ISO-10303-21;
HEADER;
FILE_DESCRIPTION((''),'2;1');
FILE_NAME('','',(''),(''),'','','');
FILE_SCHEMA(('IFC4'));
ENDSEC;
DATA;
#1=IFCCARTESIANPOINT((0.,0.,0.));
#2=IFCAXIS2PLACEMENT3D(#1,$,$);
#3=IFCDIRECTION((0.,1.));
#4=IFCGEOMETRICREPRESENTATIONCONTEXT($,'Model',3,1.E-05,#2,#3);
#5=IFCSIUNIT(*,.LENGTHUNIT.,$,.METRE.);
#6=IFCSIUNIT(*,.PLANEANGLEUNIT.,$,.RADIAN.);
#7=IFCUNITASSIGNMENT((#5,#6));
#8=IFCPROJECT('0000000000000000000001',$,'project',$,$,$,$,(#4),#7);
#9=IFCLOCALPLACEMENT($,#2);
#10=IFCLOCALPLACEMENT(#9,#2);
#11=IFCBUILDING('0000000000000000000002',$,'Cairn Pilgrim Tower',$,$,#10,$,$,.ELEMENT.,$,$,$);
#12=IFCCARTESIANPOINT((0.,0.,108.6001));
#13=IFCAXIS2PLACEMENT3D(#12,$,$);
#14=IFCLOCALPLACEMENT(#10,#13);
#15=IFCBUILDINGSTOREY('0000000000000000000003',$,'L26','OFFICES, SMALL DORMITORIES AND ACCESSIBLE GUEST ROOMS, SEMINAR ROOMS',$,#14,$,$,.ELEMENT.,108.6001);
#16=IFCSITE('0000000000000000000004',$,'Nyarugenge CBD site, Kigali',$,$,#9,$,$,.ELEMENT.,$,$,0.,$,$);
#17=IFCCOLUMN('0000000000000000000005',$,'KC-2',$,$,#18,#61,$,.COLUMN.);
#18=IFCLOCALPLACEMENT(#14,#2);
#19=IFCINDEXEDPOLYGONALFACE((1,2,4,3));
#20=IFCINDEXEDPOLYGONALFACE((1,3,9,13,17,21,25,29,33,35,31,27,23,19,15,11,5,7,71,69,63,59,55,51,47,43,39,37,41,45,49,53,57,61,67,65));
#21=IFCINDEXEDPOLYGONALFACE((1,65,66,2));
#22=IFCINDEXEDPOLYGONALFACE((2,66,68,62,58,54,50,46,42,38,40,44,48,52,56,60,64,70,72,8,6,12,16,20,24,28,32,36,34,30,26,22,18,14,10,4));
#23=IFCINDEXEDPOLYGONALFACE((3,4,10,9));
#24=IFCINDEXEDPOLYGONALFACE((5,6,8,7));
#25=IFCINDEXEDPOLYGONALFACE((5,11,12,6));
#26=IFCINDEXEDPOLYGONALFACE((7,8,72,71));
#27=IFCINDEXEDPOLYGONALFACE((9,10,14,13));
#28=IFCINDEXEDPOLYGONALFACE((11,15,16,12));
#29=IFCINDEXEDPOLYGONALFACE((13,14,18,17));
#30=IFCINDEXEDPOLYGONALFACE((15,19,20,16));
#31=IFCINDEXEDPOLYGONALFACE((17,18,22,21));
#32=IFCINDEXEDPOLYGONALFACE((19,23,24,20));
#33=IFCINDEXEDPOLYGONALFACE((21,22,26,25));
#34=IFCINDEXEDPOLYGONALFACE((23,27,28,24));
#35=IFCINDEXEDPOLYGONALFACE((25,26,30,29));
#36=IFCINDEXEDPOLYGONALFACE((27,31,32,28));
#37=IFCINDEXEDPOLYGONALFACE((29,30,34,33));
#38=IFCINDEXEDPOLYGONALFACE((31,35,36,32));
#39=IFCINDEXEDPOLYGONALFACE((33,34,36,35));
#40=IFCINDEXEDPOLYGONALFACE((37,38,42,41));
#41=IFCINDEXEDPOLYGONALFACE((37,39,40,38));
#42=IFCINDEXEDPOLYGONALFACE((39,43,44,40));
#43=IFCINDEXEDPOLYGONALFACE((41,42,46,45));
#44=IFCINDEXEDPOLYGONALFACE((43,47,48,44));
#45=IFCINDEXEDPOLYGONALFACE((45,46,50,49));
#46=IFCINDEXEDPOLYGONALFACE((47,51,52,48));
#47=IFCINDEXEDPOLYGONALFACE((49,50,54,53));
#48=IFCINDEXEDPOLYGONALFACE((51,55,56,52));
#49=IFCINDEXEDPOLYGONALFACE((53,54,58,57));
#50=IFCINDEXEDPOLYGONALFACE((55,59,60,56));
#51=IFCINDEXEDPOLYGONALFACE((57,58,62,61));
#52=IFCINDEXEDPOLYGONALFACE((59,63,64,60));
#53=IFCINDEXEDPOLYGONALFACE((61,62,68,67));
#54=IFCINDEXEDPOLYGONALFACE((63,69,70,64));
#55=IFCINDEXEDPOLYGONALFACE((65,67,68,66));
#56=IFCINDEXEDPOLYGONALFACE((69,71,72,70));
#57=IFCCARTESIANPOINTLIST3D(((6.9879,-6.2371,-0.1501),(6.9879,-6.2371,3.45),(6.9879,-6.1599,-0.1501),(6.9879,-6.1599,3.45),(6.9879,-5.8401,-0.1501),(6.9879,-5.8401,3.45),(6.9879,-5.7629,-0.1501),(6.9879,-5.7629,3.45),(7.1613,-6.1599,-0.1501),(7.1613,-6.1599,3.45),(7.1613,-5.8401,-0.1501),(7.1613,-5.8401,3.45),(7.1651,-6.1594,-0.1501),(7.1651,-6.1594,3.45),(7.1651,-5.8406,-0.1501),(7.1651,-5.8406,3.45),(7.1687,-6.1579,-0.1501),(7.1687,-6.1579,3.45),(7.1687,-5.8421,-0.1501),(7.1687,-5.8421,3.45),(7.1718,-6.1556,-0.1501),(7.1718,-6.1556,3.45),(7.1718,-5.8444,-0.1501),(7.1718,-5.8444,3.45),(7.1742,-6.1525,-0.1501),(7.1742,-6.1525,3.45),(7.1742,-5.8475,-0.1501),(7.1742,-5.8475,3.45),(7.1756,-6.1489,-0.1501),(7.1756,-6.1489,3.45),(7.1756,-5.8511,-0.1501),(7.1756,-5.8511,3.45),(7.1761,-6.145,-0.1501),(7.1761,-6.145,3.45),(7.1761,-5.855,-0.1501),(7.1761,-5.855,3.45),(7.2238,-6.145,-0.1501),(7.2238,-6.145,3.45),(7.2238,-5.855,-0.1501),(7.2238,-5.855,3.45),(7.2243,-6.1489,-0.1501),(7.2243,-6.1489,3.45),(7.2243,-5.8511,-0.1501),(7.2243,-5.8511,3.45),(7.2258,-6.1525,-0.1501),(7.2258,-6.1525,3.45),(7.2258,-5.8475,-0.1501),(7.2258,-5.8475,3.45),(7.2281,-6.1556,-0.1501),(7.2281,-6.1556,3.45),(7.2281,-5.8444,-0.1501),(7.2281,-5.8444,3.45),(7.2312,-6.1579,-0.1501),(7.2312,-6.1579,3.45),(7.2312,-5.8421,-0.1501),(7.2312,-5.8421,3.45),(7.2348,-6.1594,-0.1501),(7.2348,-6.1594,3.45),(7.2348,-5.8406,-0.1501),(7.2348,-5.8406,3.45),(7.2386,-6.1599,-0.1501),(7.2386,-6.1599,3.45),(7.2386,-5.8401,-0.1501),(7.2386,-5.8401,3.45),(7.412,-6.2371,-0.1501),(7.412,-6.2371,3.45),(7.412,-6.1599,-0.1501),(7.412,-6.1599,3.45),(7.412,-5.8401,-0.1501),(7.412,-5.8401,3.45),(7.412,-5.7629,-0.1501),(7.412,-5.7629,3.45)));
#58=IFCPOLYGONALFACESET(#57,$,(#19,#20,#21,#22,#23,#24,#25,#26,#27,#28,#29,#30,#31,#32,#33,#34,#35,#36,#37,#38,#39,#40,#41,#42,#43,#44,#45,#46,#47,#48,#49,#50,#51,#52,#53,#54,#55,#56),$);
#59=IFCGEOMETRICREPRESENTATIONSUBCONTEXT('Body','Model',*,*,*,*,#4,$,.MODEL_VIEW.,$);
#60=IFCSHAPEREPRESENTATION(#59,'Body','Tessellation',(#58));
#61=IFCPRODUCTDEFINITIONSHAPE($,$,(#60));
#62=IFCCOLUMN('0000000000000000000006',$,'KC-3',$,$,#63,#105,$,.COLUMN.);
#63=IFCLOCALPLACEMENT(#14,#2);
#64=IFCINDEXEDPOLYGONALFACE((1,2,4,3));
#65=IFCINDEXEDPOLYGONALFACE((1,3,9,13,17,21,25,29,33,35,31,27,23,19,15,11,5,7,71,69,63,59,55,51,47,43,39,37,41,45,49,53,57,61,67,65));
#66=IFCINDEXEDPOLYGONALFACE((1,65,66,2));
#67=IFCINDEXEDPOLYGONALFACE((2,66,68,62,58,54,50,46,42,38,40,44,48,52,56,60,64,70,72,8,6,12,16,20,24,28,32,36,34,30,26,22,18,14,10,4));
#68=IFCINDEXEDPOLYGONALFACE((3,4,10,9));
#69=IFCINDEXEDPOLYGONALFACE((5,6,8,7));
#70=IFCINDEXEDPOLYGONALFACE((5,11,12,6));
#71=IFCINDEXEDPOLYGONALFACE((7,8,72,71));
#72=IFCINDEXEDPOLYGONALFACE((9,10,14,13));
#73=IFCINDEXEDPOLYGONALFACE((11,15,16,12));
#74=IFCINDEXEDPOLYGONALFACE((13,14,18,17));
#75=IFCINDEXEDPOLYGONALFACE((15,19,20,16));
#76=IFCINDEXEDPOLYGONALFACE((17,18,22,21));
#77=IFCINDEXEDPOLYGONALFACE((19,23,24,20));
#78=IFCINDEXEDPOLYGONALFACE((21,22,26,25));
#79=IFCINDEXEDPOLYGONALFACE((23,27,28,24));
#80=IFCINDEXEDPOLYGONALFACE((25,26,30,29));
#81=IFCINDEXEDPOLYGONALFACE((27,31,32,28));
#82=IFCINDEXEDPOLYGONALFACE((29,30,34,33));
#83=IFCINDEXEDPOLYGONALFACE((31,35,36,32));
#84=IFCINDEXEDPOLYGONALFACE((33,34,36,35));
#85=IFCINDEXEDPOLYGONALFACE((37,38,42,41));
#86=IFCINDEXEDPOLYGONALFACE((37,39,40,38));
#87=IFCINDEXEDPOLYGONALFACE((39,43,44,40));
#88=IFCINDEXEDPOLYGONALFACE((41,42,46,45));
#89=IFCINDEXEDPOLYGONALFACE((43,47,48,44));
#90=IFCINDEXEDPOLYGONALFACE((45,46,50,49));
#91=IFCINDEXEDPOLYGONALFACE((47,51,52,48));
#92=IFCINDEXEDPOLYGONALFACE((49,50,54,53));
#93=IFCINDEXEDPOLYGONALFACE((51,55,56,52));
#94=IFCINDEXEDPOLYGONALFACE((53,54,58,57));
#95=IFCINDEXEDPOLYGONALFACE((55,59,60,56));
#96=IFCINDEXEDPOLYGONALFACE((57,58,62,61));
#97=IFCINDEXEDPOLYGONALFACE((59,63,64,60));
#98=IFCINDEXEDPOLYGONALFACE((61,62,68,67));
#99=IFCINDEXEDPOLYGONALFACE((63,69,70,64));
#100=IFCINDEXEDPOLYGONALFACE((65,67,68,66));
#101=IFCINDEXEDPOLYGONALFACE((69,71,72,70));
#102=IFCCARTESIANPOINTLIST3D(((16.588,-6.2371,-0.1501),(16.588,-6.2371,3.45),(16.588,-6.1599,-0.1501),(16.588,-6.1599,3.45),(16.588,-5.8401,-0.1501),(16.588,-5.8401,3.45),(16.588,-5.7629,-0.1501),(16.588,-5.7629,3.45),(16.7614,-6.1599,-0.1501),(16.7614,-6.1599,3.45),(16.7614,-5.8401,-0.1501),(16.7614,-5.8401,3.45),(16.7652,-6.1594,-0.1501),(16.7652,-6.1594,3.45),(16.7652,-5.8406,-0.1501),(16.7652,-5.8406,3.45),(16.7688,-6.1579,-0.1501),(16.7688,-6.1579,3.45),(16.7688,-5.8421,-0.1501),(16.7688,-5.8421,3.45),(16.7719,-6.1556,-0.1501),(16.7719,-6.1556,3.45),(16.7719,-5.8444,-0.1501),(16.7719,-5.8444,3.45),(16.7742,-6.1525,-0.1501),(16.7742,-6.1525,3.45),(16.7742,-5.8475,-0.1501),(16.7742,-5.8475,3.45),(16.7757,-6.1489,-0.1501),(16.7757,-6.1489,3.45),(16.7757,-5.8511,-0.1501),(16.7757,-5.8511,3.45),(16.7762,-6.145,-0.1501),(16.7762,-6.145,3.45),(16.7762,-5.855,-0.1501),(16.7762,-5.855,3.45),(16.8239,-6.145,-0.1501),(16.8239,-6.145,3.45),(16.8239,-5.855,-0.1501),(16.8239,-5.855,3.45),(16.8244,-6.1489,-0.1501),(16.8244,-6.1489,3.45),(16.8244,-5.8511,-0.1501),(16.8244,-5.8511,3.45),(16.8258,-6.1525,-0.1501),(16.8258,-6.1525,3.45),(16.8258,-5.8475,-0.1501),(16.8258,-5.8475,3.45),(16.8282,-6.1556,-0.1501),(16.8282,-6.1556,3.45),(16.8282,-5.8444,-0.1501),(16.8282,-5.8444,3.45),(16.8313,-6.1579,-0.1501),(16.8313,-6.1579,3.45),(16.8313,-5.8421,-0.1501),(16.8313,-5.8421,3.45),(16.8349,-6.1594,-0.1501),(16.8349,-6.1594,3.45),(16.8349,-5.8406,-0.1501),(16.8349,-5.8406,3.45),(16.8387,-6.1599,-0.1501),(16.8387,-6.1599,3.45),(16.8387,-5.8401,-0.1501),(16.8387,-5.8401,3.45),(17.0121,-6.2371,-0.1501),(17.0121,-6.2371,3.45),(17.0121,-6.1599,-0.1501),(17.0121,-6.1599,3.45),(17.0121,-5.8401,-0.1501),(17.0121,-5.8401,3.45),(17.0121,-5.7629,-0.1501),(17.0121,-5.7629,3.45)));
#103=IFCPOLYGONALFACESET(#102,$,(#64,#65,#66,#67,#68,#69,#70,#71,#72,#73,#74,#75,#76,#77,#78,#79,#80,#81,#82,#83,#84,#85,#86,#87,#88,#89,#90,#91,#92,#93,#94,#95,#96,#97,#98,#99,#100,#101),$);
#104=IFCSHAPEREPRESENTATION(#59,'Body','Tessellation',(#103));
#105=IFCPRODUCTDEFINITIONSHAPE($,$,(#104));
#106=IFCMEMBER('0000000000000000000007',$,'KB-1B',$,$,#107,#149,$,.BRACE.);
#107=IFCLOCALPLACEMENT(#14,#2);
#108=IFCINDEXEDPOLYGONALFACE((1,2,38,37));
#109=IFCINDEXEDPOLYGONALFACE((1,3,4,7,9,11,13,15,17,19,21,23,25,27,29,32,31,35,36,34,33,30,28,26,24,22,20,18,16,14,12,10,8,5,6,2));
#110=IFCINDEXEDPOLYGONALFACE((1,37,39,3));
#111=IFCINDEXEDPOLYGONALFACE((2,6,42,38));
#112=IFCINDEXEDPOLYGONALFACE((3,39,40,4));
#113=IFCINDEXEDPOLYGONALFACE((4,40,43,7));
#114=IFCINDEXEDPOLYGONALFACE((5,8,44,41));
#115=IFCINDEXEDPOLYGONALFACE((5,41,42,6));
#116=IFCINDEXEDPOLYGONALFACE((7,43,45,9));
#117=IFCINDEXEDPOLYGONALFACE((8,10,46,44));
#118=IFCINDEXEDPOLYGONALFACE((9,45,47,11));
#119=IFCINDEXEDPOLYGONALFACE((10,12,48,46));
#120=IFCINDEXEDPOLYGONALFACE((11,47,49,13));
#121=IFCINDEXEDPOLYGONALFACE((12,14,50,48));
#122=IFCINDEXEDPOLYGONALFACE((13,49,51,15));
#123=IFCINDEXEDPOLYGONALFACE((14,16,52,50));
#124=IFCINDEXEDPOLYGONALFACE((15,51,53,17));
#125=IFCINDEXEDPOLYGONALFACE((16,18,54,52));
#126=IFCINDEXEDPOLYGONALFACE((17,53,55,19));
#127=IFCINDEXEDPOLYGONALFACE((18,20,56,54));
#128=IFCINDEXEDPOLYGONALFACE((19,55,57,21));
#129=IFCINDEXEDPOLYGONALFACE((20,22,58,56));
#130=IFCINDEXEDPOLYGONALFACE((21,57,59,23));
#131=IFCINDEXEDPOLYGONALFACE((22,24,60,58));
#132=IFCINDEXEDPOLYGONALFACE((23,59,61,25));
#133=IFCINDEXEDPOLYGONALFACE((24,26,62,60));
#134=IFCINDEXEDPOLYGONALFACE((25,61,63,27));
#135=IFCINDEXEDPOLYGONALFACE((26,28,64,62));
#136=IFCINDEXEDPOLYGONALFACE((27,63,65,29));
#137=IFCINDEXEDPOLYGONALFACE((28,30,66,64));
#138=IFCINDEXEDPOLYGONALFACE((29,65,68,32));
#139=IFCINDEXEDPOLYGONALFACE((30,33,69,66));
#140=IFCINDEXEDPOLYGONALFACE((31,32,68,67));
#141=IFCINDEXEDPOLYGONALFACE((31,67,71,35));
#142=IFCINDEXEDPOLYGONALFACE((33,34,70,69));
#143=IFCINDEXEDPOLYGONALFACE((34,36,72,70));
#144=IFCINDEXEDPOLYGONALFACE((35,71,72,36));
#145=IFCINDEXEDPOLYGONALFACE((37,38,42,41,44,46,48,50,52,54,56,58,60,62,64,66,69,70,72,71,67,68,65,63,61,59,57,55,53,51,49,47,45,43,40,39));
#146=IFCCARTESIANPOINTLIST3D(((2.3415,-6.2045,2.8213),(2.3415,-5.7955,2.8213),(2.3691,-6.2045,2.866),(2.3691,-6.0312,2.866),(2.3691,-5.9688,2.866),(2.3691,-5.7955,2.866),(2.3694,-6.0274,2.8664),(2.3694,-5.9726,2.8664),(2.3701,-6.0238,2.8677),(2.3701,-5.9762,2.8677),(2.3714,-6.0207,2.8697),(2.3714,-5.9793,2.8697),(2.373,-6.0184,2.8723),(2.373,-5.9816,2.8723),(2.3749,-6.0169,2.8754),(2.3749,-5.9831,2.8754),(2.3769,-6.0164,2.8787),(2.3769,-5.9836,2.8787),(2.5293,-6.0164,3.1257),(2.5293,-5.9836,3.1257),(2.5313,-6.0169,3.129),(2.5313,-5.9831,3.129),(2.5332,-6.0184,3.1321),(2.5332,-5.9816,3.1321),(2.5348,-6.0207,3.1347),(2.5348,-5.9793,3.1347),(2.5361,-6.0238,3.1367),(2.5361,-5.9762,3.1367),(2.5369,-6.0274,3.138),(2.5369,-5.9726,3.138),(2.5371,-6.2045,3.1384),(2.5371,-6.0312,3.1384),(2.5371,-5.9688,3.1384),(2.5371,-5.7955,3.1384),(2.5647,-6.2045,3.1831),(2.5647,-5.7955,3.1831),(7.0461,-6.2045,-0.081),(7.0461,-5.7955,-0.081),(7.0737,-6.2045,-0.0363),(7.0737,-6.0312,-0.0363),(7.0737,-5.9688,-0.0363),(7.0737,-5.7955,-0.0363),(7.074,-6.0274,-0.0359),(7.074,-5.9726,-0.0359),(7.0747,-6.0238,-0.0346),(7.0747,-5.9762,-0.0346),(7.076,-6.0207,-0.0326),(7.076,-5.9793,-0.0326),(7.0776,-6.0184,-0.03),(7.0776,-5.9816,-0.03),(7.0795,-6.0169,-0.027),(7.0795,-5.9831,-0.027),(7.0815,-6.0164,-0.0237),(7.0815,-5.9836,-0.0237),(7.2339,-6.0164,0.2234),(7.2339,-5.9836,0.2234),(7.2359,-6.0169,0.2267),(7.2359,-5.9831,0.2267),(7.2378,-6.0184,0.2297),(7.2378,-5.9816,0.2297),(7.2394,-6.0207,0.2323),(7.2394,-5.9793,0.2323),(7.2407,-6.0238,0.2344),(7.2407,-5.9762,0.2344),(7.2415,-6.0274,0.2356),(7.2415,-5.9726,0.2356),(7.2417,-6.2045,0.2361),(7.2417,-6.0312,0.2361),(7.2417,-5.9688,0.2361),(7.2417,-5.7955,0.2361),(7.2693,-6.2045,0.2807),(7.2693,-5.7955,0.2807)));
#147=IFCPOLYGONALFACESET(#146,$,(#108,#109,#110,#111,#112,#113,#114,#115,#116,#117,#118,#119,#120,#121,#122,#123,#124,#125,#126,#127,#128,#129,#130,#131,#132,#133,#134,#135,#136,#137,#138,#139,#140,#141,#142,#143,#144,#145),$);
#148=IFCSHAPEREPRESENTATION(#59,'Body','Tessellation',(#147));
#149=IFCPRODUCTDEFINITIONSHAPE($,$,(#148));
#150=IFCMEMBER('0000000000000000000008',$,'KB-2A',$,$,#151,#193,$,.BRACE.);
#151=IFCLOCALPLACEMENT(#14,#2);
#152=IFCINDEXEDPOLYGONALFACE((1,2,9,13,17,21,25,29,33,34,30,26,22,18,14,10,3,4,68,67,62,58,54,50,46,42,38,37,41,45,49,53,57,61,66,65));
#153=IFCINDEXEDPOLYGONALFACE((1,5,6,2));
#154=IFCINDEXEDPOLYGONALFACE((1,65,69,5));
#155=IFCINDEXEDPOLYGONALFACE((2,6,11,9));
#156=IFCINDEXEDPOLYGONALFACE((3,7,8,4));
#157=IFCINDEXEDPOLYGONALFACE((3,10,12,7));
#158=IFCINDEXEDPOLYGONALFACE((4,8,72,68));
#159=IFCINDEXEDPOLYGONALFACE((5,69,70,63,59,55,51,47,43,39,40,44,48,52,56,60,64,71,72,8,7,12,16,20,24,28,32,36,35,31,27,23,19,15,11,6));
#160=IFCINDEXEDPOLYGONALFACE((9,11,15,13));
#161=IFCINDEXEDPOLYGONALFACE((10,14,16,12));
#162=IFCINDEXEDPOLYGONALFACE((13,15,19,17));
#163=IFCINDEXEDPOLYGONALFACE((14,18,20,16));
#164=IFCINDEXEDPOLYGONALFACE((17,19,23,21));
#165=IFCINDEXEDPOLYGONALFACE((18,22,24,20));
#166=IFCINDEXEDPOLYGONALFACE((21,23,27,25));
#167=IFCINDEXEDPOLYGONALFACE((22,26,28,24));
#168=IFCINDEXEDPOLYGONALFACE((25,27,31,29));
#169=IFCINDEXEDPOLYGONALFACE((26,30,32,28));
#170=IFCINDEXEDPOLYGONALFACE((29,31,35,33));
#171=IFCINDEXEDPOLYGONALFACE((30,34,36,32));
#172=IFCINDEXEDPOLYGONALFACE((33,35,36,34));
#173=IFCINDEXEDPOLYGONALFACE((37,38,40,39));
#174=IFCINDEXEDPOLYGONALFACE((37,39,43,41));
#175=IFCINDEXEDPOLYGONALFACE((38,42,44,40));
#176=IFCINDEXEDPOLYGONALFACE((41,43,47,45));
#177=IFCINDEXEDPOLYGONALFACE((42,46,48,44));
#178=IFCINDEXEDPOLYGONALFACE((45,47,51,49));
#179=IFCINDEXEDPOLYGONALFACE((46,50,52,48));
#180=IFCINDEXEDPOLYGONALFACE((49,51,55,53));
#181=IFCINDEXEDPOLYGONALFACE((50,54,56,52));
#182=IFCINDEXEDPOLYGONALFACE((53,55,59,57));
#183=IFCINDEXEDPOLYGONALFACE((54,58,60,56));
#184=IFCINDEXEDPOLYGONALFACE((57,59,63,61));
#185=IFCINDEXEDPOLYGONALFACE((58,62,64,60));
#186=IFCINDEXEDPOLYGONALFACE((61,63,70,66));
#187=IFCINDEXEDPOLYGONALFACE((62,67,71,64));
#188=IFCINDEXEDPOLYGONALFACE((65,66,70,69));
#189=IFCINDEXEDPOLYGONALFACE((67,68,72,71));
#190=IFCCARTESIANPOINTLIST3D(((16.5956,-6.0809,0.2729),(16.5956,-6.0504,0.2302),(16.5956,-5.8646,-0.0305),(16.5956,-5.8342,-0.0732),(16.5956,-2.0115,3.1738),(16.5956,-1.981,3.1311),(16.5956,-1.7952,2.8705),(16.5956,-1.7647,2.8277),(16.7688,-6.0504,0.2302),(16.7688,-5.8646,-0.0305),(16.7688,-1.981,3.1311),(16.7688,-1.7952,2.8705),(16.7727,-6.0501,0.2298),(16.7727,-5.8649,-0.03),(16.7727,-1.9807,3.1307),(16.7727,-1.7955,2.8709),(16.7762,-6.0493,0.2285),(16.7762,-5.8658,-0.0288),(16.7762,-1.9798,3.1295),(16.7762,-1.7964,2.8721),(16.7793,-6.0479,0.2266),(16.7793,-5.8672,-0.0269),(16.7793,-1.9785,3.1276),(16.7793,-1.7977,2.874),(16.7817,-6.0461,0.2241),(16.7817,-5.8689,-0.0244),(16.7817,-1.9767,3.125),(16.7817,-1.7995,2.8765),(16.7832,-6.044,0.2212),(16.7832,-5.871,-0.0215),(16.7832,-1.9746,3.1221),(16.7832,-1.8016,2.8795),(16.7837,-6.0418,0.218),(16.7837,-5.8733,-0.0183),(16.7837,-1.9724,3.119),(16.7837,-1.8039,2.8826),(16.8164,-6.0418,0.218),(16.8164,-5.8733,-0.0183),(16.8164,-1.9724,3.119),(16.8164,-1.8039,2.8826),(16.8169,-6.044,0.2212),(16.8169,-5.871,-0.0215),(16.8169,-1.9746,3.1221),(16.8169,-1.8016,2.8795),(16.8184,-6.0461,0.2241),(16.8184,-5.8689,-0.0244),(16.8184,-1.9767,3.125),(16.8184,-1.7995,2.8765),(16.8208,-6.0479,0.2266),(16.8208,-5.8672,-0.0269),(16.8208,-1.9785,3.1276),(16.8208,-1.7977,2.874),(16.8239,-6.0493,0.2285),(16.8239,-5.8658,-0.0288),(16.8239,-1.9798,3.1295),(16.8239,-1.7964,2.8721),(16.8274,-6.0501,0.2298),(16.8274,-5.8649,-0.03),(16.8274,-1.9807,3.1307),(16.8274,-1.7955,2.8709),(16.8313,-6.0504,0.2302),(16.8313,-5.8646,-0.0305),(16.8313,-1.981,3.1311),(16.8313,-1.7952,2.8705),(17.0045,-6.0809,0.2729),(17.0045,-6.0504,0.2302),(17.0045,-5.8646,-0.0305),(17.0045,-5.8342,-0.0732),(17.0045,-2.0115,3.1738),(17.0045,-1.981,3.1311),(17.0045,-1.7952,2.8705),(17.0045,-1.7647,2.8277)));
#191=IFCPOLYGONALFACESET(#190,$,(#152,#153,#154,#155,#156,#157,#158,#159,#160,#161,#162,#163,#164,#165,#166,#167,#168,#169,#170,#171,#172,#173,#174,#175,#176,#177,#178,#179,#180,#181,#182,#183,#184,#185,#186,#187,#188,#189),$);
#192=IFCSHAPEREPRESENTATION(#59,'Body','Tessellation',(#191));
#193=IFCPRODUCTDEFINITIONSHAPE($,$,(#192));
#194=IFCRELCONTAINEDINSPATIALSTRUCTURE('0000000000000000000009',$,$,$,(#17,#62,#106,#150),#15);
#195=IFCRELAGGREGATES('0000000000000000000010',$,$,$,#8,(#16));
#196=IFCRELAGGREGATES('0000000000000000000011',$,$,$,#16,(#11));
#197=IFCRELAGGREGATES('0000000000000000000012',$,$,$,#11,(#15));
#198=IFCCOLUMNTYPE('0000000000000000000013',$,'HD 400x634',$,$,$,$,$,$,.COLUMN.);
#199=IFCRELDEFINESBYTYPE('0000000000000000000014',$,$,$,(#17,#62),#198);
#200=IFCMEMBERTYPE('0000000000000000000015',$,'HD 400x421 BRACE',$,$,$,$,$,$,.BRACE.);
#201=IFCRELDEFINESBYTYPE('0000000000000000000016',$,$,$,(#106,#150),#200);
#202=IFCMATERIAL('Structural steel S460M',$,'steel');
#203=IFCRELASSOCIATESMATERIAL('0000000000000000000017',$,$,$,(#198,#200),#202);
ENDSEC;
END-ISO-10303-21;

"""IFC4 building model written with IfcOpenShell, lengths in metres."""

from ifc_helpers import new_model, si_unit, direction, frame, origin, origin_2d, place, context, subcontext, project, spatial, i_section, extrude, material, material_profile, profile_set, type_object, element, save


model = new_model("IFC4")

# Units and contexts
model_context = context("Model", 3, precision=1e-05, world=origin(), true_north=direction((0.0, 1.0)))
body_context = subcontext(model_context, "Body", "Model", "MODEL_VIEW")
ifc_project = project(units=[si_unit("LENGTHUNIT", "METRE"), si_unit("PLANEANGLEUNIT", "RADIAN")], contexts=[model_context])

# Site, building, storey
site_placement = place(None, origin())
site = spatial("IfcSite", under=ifc_project, at=site_placement, Name="Nyarugenge CBD site, Kigali", CompositionType="ELEMENT", RefElevation=0.0)
building_placement = place(site_placement, origin())
building = spatial("IfcBuilding", under=site, at=building_placement, Name="Cairn Pilgrim Tower", CompositionType="ELEMENT")
storey_placement = place(building_placement, frame((0.0, 0.0, 108.6001)))
storey = spatial("IfcBuildingStorey", under=building, at=storey_placement, Name="L26", Description="OFFICES, SMALL DORMITORIES AND ACCESSIBLE GUEST ROOMS, SEMINAR ROOMS", CompositionType="ELEMENT", Elevation=108.6001)

# Columns
ifc_material_1 = material(Name="Structural steel S460M", Category="steel")
ifc_material_profile_1 = material_profile(ifc_material_1, i_section(OverallWidth=0.4241, OverallDepth=0.4741, WebThickness=0.0476, FlangeThickness=0.0771, FilletRadius=0.0149, at=origin_2d()), Name="HD 400x634")
ifc_profile_set_1 = profile_set([ifc_material_profile_1], Name="Structural steel S460M")
column_type = type_object("IfcColumnType", Name="HD 400x634", PredefinedType="COLUMN", material=ifc_profile_set_1)
for number, where, z_axis, x_axis, name in (
    (1, (7.2, -6.0, -0.1501), (0.0, 0.0, 1.0), (1.0, 0.0, 0.0), "KC-2"),
    (2, (16.8, -6.0, -0.1501), (0.0, 0.0, 1.0), (1.0, 0.0, 0.0), "KC-3"),
):
    element("IfcColumn", number, at=place(storey_placement, frame(where, z_axis=z_axis, x_axis=x_axis)), inside=storey, type_object=column_type, Name=name, PredefinedType="COLUMN", context=body_context, shape_type="SweptSolid", body=[
        extrude(i_section(OverallWidth=0.4241, OverallDepth=0.4741, WebThickness=0.0476, FlangeThickness=0.0771, FilletRadius=0.0149, at=origin_2d()), origin(), (0.0, 0.0, 1.0), 3.6001),
    ])

# Members
ifc_material_profile_2 = material_profile(ifc_material_1, i_section(OverallWidth=0.4089, OverallDepth=0.425, WebThickness=0.0327, FlangeThickness=0.0525, FilletRadius=0.0149, at=origin_2d()), Name="HD 400x421")
ifc_profile_set_2 = profile_set([ifc_material_profile_2], Name="Structural steel S460M")
member_type = type_object("IfcMemberType", Name="HD 400x421 BRACE", PredefinedType="BRACE", material=ifc_profile_set_2)
member_1_placement = place(storey_placement, frame((7.1577, -6.0, 0.0999), z_axis=(-0.851075, 0.0, 0.525043), x_axis=(0.0, -1.0, 0.0)))
element("IfcMember", 3, at=member_1_placement, inside=storey, type_object=member_type, Name="KB-1B", PredefinedType="BRACE", context=body_context, shape_type="SweptSolid", body=[
    extrude(i_section(OverallWidth=0.4089, OverallDepth=0.425, WebThickness=0.0327, FlangeThickness=0.0525, FilletRadius=0.0149, at=origin_2d()), origin(), (0.0, 0.0, 1.0), 5.5278),
])
member_2_placement = place(storey_placement, frame((16.8, -5.9575, 0.0999), z_axis=(0.0, 0.814281, 0.580471), x_axis=(-1.0, 0.0, 0.0)))
element("IfcMember", 4, at=member_2_placement, inside=storey, type_object=member_type, Name="KB-2A", PredefinedType="BRACE", context=body_context, shape_type="SweptSolid", body=[
    extrude(i_section(OverallWidth=0.4089, OverallDepth=0.425, WebThickness=0.0327, FlangeThickness=0.0525, FilletRadius=0.0149, at=origin_2d()), origin(), (0.0, 0.0, 1.0), 4.9976),
])

save(model, "model.ifc")
